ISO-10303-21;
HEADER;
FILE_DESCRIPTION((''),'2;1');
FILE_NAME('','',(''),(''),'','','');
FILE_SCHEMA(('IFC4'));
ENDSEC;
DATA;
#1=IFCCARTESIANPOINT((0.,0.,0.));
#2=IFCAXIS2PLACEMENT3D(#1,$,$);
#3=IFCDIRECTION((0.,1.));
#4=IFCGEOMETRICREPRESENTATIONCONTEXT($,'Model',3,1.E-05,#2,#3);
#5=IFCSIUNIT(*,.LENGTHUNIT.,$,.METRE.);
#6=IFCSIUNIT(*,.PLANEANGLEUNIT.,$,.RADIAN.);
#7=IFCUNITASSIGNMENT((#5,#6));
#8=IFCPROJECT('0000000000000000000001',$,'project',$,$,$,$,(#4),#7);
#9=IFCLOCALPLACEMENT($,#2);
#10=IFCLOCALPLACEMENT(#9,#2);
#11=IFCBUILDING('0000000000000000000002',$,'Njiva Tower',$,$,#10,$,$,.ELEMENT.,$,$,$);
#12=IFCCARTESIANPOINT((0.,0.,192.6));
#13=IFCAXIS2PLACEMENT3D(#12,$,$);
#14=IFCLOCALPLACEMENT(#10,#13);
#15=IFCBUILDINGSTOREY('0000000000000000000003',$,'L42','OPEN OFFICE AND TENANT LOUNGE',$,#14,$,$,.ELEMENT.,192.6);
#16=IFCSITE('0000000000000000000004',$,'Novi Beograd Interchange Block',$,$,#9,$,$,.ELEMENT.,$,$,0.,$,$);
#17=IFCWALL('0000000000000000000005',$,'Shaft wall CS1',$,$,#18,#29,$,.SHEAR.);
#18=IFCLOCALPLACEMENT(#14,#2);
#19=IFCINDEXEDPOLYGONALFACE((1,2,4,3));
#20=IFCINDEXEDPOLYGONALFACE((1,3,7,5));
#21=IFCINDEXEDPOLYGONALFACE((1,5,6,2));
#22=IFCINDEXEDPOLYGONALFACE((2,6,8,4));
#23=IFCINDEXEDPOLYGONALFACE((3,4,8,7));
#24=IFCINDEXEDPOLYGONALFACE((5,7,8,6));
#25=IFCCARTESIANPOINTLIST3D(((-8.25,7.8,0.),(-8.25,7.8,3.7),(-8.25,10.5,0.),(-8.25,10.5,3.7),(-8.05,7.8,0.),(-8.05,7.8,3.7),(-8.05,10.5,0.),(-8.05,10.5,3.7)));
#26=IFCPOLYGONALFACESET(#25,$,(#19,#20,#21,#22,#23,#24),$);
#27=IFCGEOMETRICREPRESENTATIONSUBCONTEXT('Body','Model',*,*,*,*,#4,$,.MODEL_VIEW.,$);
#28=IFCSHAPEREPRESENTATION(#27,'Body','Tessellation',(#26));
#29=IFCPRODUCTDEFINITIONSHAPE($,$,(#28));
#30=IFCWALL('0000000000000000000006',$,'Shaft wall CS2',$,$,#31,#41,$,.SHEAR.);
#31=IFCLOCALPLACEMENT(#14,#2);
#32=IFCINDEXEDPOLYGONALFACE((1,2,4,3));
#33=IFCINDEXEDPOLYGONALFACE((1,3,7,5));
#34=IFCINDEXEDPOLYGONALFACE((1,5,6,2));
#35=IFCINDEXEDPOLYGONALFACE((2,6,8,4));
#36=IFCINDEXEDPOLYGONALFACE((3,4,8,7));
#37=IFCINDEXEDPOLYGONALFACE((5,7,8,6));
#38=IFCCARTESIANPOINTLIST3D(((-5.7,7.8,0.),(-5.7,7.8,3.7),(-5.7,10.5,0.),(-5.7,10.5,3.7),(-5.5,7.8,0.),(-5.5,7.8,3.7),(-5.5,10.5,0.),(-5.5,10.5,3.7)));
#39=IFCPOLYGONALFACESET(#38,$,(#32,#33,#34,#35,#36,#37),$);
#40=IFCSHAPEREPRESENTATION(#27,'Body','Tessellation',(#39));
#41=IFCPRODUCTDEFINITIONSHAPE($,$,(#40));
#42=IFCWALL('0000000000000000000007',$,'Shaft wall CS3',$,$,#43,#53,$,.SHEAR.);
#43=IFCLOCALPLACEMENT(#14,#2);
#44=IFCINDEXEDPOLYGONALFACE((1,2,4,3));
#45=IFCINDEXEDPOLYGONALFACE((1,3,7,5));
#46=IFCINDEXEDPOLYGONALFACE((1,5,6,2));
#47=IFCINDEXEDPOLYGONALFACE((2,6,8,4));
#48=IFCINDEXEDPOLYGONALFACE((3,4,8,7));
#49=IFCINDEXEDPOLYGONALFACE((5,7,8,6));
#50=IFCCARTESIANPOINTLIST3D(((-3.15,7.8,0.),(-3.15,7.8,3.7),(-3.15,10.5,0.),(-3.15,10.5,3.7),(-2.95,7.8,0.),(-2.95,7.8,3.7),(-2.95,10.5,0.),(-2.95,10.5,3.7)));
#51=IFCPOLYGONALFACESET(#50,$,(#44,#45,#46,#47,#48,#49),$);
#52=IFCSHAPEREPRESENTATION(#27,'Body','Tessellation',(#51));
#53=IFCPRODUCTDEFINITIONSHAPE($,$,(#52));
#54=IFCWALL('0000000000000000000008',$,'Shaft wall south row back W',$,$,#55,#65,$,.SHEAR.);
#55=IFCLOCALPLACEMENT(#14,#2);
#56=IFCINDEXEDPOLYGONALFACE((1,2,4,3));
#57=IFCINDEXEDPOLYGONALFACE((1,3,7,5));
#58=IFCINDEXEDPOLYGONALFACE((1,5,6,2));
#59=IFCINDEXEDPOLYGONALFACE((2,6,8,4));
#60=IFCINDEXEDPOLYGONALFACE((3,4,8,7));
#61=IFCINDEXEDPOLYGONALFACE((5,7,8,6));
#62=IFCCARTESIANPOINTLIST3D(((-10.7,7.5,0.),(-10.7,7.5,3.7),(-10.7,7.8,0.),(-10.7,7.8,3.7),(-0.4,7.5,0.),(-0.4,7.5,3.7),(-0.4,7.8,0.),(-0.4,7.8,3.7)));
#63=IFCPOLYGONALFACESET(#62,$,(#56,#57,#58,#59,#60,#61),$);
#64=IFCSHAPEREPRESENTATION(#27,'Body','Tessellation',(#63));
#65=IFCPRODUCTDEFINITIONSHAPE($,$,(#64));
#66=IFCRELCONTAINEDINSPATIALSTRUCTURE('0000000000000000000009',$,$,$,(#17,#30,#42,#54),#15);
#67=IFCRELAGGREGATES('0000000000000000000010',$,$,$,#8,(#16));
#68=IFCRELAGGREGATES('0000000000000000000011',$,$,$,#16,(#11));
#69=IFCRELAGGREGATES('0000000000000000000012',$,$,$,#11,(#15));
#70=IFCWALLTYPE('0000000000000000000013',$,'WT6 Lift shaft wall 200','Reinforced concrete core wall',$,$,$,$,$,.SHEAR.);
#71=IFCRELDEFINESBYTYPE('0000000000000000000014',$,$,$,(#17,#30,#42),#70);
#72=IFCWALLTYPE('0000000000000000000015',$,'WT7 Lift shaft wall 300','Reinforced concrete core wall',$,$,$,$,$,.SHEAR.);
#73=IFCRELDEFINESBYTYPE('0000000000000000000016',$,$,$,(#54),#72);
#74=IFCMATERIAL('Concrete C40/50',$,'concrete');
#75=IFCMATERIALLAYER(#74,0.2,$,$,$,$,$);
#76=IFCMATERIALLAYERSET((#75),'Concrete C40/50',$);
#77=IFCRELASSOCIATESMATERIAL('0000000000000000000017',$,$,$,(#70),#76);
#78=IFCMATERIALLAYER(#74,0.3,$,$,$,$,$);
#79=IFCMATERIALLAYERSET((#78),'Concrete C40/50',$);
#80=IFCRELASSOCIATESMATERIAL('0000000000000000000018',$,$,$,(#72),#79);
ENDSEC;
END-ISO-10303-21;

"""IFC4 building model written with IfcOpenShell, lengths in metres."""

from ifc_helpers import new_model, si_unit, direction, frame, frame_2d, origin, place, context, subcontext, project, spatial, rectangle, extrude, material, layer, layer_set, type_object, element, save


model = new_model("IFC4")

# Units and contexts
model_context = context("Model", 3, precision=1e-05, world=origin(), true_north=direction((0.0, 1.0)))
body_context = subcontext(model_context, "Body", "Model", "MODEL_VIEW")
ifc_project = project(units=[si_unit("LENGTHUNIT", "METRE"), si_unit("PLANEANGLEUNIT", "RADIAN")], contexts=[model_context])

# Site, building, storey
site_placement = place(None, origin())
site = spatial("IfcSite", under=ifc_project, at=site_placement, Name="Novi Beograd Interchange Block", CompositionType="ELEMENT", RefElevation=0.0)
building_placement = place(site_placement, origin())
building = spatial("IfcBuilding", under=site, at=building_placement, Name="Njiva Tower", CompositionType="ELEMENT")
storey_placement = place(building_placement, frame((0.0, 0.0, 192.6)))
storey = spatial("IfcBuildingStorey", under=building, at=storey_placement, Name="L42", Description="OPEN OFFICE AND TENANT LOUNGE", CompositionType="ELEMENT", Elevation=192.6)

# Shared definitions
ifc_material_1 = material(Name="Concrete C40/50", Category="concrete")

# Walls
ifc_layer_1 = layer(ifc_material_1, 0.2)
ifc_layer_set_1 = layer_set([ifc_layer_1], Name="Concrete C40/50")
wall_type_1 = type_object("IfcWallType", Name="WT6 Lift shaft wall 200", Description="Reinforced concrete core wall", PredefinedType="SHEAR", material=ifc_layer_set_1)
for number, where, z_axis, x_axis, name in (
    (1, (-8.15, 7.8, 0.0), (0.0, 0.0, 1.0), (0.0, 1.0, 0.0), "Shaft wall CS1"),
    (2, (-5.6, 7.8, 0.0), (0.0, 0.0, 1.0), (0.0, 1.0, 0.0), "Shaft wall CS2"),
    (3, (-3.05, 7.8, 0.0), (0.0, 0.0, 1.0), (0.0, 1.0, 0.0), "Shaft wall CS3"),
):
    element("IfcWall", number, at=place(storey_placement, frame(where, z_axis=z_axis, x_axis=x_axis)), inside=storey, type_object=wall_type_1, Name=name, PredefinedType="SHEAR", context=body_context, shape_type="SweptSolid", body=[
        extrude(rectangle(XDim=2.7, YDim=0.2, at=frame_2d((1.35, 0.0))), origin(), (0.0, 0.0, 1.0), 3.7),
    ])
ifc_layer_2 = layer(ifc_material_1, 0.3)
ifc_layer_set_2 = layer_set([ifc_layer_2], Name="Concrete C40/50")
wall_type_2 = type_object("IfcWallType", Name="WT7 Lift shaft wall 300", Description="Reinforced concrete core wall", PredefinedType="SHEAR", material=ifc_layer_set_2)
wall_1_placement = place(storey_placement, frame((-10.7, 7.65, 0.0), z_axis=(0.0, 0.0, 1.0), x_axis=(1.0, 0.0, 0.0)))
element("IfcWall", 4, at=wall_1_placement, inside=storey, type_object=wall_type_2, Name="Shaft wall south row back W", PredefinedType="SHEAR", context=body_context, shape_type="SweptSolid", body=[
    extrude(rectangle(XDim=10.3, YDim=0.3, at=frame_2d((5.15, 0.0))), origin(), (0.0, 0.0, 1.0), 3.7),
])

save(model, "model.ifc")
